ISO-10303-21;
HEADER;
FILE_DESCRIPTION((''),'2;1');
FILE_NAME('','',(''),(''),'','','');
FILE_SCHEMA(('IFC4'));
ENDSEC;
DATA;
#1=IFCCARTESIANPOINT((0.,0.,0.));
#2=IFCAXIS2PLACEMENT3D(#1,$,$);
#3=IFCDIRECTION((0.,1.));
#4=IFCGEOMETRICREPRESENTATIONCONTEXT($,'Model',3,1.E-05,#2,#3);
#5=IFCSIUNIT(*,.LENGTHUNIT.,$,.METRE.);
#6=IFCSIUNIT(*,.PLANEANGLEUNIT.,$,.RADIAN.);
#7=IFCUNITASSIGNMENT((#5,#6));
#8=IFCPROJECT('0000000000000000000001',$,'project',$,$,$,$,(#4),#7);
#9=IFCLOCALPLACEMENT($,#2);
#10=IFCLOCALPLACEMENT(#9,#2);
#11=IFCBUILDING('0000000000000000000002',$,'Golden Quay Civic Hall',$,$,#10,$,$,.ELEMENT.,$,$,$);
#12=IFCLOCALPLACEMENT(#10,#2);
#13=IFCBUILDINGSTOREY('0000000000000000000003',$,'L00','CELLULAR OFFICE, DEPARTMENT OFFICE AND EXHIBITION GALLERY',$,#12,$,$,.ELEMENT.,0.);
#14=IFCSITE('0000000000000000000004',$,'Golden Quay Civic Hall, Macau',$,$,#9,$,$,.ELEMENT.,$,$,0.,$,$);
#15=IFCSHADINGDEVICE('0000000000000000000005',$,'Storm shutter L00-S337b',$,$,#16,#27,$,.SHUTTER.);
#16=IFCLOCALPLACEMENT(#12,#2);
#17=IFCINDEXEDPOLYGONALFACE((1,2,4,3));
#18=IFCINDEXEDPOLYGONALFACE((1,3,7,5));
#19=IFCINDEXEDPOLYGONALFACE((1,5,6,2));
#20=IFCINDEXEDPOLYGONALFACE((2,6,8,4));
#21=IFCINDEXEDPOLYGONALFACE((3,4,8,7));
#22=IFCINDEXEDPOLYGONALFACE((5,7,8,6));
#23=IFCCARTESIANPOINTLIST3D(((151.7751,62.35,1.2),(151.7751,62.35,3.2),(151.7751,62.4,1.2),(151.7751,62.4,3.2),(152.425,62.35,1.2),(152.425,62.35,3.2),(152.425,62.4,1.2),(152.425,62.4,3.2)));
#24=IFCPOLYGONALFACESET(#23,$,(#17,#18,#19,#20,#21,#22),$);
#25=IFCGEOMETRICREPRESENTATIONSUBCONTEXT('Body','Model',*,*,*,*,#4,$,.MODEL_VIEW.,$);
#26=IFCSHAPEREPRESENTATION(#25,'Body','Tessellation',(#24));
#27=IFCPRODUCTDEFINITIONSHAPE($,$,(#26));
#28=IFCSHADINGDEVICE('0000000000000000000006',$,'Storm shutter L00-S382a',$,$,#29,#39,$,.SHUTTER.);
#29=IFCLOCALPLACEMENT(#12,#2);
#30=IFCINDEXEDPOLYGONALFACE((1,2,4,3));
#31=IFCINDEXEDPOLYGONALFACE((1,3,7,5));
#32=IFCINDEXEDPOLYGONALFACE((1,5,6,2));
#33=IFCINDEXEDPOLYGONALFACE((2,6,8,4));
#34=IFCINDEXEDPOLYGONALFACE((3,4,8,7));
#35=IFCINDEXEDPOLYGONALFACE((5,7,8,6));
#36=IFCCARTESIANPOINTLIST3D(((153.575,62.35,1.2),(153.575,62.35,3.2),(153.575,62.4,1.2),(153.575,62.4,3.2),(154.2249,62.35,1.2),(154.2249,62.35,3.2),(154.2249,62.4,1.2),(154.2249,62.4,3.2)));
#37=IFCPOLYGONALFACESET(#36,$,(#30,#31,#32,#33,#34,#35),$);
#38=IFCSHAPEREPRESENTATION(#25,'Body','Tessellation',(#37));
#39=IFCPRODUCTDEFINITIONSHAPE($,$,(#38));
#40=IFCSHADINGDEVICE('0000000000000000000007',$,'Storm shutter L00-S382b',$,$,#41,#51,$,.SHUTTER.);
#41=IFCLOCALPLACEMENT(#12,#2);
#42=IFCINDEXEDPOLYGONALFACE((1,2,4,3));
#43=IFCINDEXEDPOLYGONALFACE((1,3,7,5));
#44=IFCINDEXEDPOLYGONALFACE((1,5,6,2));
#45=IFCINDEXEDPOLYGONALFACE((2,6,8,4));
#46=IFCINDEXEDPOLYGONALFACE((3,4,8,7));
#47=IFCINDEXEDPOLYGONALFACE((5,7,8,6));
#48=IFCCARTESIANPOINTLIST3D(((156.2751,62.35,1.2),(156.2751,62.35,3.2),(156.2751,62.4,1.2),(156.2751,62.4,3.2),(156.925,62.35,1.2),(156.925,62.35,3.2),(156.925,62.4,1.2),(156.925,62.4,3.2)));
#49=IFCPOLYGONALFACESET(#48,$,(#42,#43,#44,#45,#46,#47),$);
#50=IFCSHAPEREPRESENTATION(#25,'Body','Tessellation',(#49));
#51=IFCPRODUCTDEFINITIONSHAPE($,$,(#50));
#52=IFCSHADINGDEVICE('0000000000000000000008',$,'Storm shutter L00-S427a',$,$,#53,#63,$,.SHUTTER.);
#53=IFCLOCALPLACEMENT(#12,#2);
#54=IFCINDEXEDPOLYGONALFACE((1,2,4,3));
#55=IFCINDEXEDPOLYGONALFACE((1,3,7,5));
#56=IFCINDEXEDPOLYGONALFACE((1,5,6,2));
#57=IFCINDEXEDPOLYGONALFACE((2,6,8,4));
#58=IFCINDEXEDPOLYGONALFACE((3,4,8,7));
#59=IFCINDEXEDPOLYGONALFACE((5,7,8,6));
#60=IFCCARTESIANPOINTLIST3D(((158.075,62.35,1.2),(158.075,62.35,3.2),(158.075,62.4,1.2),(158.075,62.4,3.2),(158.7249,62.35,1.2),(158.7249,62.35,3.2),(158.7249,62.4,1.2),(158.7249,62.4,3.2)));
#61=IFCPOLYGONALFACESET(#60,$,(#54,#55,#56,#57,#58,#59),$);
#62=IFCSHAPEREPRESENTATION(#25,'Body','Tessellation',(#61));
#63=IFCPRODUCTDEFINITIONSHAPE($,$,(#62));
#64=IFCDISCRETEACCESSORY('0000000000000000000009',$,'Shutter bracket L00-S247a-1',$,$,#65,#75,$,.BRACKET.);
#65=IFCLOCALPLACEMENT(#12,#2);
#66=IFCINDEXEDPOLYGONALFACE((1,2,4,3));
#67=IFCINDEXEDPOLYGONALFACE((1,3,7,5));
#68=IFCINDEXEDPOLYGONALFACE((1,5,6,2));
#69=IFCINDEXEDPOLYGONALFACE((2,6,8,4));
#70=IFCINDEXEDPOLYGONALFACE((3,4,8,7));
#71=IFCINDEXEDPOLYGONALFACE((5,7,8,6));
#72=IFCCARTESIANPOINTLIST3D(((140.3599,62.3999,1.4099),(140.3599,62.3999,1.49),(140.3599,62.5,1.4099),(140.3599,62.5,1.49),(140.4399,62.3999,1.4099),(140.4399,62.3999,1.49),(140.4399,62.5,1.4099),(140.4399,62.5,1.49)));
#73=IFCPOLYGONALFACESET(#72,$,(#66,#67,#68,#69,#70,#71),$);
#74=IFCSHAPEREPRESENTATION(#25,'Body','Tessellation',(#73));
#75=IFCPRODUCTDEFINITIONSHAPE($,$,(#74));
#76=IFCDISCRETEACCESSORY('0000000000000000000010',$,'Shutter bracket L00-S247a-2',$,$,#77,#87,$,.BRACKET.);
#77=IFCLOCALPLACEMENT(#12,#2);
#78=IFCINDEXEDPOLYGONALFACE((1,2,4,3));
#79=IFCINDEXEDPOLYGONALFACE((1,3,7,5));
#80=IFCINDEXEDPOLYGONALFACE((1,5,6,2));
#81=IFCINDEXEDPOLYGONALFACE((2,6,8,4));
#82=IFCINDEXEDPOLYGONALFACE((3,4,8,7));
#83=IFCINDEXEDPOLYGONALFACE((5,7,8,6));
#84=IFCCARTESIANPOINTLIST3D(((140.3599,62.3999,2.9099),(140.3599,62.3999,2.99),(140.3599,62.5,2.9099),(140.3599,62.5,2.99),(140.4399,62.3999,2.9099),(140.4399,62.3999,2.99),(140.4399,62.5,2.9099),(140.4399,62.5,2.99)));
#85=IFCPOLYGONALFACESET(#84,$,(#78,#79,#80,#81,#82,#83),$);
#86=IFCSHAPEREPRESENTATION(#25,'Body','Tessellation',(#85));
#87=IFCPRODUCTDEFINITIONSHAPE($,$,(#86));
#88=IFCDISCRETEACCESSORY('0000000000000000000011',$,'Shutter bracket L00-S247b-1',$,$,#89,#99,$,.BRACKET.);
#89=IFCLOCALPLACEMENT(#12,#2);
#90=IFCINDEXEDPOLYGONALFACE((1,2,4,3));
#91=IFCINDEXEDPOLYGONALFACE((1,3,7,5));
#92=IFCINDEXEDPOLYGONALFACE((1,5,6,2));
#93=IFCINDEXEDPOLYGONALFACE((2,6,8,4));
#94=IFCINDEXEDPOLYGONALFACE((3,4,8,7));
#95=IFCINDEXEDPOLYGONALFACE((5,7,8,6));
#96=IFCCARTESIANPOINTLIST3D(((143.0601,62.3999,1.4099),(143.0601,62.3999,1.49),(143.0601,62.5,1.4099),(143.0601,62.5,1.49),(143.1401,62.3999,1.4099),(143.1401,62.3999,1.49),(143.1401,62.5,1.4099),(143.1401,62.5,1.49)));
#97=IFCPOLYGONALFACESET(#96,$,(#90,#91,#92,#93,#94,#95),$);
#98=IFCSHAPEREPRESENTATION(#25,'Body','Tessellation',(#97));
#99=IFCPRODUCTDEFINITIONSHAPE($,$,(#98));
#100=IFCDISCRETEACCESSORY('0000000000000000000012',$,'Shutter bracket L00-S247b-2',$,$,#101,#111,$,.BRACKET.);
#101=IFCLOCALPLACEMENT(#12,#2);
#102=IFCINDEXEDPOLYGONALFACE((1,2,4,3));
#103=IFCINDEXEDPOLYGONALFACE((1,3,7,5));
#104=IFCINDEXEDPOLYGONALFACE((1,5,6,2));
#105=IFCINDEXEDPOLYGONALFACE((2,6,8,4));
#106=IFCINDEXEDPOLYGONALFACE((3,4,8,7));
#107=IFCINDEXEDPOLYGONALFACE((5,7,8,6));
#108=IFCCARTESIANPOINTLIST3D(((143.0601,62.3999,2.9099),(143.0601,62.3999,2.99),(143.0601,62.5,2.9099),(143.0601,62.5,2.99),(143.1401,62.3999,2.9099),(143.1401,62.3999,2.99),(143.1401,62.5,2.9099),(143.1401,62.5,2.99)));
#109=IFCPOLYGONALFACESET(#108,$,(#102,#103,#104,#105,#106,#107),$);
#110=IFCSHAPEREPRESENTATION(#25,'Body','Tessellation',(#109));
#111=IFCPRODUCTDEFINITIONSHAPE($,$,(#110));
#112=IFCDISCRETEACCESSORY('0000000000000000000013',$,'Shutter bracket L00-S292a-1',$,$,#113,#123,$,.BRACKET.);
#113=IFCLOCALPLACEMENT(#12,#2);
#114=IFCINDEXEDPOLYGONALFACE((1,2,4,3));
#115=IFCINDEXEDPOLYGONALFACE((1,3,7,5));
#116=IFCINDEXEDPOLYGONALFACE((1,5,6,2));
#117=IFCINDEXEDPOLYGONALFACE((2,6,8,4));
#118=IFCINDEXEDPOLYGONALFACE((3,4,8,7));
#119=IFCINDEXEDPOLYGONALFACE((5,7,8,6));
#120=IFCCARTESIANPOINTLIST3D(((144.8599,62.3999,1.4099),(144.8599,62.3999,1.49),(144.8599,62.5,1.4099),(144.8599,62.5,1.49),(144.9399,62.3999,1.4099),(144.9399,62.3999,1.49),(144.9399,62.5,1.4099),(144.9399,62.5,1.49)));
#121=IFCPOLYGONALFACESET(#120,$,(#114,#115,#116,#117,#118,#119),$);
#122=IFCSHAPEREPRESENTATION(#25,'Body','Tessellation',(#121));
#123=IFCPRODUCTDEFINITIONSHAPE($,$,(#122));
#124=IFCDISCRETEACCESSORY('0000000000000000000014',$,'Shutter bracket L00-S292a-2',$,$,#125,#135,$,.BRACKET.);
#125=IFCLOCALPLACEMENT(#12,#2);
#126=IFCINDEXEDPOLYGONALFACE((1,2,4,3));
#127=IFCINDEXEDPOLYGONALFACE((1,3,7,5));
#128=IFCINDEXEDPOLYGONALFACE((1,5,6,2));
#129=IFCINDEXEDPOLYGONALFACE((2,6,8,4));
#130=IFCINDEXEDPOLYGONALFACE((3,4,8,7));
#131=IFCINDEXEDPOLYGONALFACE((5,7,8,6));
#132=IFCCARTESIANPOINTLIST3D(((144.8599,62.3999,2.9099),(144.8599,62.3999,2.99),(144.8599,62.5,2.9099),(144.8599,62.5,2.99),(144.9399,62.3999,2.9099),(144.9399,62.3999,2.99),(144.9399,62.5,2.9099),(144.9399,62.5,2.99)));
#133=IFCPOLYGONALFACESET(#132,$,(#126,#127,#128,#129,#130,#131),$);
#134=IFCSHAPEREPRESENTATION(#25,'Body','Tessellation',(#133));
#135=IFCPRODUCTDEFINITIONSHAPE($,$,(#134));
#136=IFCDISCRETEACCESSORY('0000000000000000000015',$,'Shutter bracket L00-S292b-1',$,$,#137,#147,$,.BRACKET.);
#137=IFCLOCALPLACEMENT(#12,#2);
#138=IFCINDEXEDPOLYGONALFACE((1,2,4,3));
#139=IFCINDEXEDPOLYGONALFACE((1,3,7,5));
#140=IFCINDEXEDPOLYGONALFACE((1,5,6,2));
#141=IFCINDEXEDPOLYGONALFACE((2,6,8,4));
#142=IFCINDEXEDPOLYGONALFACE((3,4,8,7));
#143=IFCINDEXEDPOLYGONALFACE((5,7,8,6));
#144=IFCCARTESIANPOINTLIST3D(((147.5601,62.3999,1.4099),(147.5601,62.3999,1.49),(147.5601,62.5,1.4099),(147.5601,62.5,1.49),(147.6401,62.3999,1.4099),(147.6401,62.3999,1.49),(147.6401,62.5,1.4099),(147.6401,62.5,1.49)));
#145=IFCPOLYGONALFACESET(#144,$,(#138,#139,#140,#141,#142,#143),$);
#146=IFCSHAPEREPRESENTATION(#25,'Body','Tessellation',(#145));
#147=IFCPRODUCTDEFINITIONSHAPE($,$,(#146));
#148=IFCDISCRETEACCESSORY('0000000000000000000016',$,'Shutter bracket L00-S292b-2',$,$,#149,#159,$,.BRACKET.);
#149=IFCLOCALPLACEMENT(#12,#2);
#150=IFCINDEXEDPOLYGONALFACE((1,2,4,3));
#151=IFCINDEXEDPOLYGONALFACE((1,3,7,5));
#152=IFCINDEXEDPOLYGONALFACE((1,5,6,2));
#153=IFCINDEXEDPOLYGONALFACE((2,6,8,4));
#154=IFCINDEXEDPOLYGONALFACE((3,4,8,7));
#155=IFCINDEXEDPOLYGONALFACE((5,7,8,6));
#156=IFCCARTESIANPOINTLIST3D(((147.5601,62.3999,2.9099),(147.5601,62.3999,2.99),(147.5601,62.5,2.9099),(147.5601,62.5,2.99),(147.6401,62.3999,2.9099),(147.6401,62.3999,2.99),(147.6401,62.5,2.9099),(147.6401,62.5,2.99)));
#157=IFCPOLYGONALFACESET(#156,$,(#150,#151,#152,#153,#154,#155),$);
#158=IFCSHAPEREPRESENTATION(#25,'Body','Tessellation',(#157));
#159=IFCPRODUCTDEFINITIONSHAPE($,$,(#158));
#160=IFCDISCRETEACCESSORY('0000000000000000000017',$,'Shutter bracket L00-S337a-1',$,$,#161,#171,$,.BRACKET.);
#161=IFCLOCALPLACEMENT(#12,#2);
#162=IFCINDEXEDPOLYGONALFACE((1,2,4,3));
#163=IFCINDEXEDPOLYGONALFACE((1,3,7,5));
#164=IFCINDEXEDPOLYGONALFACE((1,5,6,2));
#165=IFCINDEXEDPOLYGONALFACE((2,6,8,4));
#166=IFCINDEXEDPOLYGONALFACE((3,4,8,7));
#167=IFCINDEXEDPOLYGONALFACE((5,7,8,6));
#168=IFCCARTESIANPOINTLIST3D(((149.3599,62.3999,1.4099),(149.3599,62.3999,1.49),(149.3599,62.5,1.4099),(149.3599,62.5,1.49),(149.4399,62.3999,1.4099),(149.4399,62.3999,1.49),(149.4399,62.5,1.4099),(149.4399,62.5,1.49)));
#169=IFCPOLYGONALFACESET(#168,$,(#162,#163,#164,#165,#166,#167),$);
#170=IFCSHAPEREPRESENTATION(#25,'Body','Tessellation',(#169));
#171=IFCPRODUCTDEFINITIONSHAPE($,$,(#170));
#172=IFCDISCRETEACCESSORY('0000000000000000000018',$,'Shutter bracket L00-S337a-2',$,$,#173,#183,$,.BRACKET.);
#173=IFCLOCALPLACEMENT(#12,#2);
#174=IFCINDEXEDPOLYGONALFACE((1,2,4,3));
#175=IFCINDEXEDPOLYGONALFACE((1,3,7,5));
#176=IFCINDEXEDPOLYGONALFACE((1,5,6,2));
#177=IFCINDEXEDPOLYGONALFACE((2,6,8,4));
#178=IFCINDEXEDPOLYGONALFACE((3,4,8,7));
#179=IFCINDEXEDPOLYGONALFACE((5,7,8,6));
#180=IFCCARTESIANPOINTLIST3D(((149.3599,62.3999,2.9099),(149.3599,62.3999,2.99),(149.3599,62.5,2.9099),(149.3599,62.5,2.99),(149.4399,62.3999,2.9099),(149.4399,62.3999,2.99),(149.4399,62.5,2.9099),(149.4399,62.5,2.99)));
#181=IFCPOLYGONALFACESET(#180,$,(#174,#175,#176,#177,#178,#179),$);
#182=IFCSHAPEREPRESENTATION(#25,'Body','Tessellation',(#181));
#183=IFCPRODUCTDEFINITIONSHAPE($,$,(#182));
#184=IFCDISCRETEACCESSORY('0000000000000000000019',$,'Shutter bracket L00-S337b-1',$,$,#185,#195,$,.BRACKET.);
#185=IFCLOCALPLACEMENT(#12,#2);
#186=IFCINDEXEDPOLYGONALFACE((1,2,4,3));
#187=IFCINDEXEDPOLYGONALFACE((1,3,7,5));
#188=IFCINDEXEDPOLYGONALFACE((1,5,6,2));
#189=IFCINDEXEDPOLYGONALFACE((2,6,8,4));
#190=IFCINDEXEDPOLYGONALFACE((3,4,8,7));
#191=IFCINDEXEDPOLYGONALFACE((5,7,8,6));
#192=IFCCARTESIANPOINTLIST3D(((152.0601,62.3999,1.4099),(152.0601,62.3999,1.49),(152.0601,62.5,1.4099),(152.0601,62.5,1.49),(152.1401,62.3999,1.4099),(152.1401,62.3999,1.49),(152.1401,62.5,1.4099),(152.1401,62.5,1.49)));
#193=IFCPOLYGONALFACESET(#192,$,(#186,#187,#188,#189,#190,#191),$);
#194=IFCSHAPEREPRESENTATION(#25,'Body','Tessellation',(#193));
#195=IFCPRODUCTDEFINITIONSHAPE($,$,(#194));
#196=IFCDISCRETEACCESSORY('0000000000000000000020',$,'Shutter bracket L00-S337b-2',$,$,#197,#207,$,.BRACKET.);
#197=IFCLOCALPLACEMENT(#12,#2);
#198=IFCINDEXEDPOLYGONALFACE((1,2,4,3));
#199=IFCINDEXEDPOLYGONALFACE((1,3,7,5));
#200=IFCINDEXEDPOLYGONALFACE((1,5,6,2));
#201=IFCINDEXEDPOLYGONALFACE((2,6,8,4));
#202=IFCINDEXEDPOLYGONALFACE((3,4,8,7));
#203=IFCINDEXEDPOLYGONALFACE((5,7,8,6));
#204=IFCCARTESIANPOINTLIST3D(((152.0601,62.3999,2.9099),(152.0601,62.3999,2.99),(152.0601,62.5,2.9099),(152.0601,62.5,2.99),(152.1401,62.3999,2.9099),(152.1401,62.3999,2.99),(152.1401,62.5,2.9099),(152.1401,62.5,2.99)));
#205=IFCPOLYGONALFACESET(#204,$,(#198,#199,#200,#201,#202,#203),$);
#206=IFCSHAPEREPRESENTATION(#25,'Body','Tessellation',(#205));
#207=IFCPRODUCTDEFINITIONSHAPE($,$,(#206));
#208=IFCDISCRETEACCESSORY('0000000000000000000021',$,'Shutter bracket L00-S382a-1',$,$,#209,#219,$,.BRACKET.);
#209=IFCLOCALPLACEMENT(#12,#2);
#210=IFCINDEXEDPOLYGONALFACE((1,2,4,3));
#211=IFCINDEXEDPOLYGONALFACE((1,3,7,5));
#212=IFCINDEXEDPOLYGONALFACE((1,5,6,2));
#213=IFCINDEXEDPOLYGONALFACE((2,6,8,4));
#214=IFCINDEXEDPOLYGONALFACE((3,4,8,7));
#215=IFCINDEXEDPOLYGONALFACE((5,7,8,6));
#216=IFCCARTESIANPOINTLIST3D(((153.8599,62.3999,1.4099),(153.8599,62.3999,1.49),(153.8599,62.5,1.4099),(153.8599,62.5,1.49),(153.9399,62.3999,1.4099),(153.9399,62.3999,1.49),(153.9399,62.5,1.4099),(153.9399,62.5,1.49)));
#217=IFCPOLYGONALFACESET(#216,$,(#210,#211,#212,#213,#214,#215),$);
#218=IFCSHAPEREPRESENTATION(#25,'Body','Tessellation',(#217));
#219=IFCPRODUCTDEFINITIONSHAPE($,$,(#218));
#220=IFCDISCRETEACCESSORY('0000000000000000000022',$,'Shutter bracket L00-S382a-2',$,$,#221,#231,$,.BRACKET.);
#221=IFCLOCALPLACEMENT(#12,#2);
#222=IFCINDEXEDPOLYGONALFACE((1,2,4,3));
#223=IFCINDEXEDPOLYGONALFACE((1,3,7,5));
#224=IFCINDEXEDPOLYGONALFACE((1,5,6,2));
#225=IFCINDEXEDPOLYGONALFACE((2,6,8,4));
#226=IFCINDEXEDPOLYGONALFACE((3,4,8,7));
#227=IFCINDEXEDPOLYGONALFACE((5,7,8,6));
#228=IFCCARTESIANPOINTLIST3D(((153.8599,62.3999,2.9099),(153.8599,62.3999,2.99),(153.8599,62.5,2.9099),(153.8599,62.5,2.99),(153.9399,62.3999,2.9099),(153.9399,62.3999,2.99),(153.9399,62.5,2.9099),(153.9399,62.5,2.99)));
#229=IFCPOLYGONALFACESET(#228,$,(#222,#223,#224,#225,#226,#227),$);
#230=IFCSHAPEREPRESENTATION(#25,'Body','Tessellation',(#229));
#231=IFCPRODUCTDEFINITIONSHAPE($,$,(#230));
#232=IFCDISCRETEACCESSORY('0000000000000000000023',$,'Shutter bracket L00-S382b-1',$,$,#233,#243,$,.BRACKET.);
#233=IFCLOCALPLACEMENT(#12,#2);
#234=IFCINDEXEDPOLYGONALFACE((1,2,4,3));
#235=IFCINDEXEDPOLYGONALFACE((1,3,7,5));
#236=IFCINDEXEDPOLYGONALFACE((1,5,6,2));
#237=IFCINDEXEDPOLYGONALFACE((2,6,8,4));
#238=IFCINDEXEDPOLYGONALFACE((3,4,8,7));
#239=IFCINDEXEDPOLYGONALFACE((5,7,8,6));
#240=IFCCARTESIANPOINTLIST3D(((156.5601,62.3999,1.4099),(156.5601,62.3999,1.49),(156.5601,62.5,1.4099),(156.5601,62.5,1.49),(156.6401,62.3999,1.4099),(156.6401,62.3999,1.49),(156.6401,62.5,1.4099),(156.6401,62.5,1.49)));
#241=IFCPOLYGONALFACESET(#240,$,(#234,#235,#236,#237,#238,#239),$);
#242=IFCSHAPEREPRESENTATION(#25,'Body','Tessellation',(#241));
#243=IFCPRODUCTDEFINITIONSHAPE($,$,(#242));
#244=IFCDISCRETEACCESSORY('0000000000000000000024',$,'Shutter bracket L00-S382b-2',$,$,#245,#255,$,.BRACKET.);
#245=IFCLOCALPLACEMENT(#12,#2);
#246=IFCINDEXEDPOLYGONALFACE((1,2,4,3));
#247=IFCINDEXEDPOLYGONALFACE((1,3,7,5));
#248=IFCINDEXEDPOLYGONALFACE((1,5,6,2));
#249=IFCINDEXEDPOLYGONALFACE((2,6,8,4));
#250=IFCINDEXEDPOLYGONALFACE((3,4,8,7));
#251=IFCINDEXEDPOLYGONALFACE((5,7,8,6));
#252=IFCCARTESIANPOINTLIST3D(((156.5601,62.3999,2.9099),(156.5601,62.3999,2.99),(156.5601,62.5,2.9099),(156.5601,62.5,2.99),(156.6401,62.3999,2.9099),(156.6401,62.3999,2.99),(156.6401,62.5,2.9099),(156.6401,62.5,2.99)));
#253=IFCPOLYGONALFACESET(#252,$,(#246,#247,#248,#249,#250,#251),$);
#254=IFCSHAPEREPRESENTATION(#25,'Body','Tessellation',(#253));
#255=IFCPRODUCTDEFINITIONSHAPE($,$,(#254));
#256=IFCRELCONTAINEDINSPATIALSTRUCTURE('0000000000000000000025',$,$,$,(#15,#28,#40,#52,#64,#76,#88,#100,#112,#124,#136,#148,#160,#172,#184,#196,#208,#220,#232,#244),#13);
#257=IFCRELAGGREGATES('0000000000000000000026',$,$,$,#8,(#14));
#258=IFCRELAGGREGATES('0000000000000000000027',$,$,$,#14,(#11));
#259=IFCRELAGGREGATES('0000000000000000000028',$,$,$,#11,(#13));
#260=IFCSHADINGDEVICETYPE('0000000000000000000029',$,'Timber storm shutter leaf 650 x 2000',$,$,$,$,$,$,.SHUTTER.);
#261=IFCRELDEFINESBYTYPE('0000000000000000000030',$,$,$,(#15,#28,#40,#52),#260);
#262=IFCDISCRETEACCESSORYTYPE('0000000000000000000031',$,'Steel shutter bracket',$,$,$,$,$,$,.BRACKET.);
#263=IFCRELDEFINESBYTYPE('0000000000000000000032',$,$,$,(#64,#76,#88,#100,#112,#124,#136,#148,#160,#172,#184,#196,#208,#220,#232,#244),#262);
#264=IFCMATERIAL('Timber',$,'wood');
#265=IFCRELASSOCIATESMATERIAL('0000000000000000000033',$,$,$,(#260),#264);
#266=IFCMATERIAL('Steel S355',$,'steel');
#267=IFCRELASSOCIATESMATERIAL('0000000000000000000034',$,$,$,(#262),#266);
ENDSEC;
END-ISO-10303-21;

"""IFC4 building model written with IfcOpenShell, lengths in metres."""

from ifc_helpers import new_model, si_unit, direction, frame, origin, origin_2d, place, context, subcontext, project, spatial, rectangle, extrude, material, type_object, element, save


model = new_model("IFC4")

# Units and contexts
model_context = context("Model", 3, precision=1e-05, world=origin(), true_north=direction((0.0, 1.0)))
body_context = subcontext(model_context, "Body", "Model", "MODEL_VIEW")
ifc_project = project(units=[si_unit("LENGTHUNIT", "METRE"), si_unit("PLANEANGLEUNIT", "RADIAN")], contexts=[model_context])

# Site, building, storey
site_placement = place(None, origin())
site = spatial("IfcSite", under=ifc_project, at=site_placement, Name="Golden Quay Civic Hall, Macau", CompositionType="ELEMENT", RefElevation=0.0)
building_placement = place(site_placement, origin())
building = spatial("IfcBuilding", under=site, at=building_placement, Name="Golden Quay Civic Hall", CompositionType="ELEMENT")
storey_placement = place(building_placement, origin())
storey = spatial("IfcBuildingStorey", under=building, at=storey_placement, Name="L00", Description="CELLULAR OFFICE, DEPARTMENT OFFICE AND EXHIBITION GALLERY", CompositionType="ELEMENT", Elevation=0.0)

# Shading devices
ifc_material_1 = material(Name="Timber", Category="wood")
shading_device_type = type_object("IfcShadingDeviceType", Name="Timber storm shutter leaf 650 x 2000", PredefinedType="SHUTTER", material=ifc_material_1)
for number, where, z_axis, x_axis, name in (
    (1, (152.1001, 62.375, 1.2), (0.0, 0.0, 1.0), (1.0, 0.0, 0.0), "Storm shutter L00-S337b"),
    (2, (153.8999, 62.375, 1.2), (0.0, 0.0, 1.0), (1.0, 0.0, 0.0), "Storm shutter L00-S382a"),
    (3, (156.6001, 62.375, 1.2), (0.0, 0.0, 1.0), (1.0, 0.0, 0.0), "Storm shutter L00-S382b"),
    (4, (158.3999, 62.375, 1.2), (0.0, 0.0, 1.0), (1.0, 0.0, 0.0), "Storm shutter L00-S427a"),
):
    element("IfcShadingDevice", number, at=place(storey_placement, frame(where, z_axis=z_axis, x_axis=x_axis)), inside=storey, type_object=shading_device_type, Name=name, PredefinedType="SHUTTER", context=body_context, shape_type="SweptSolid", body=[
        extrude(rectangle(XDim=0.6499, YDim=0.05, at=origin_2d()), origin(), (0.0, 0.0, 1.0), 2.0),
    ])

# Discrete accessories
ifc_material_2 = material(Name="Steel S355", Category="steel")
discrete_accessory_type = type_object("IfcDiscreteAccessoryType", Name="Steel shutter bracket", PredefinedType="BRACKET", material=ifc_material_2)
for number, where, z_axis, x_axis, name in (
    (5, (140.3999, 62.45, 1.4099), (0.0, 0.0, 1.0), (1.0, 0.0, 0.0), "Shutter bracket L00-S247a-1"),
    (6, (140.3999, 62.45, 2.9099), (0.0, 0.0, 1.0), (1.0, 0.0, 0.0), "Shutter bracket L00-S247a-2"),
    (7, (143.1001, 62.45, 1.4099), (0.0, 0.0, 1.0), (1.0, 0.0, 0.0), "Shutter bracket L00-S247b-1"),
    (8, (143.1001, 62.45, 2.9099), (0.0, 0.0, 1.0), (1.0, 0.0, 0.0), "Shutter bracket L00-S247b-2"),
    (9, (144.8999, 62.45, 1.4099), (0.0, 0.0, 1.0), (1.0, 0.0, 0.0), "Shutter bracket L00-S292a-1"),
    (10, (144.8999, 62.45, 2.9099), (0.0, 0.0, 1.0), (1.0, 0.0, 0.0), "Shutter bracket L00-S292a-2"),
    (11, (147.6001, 62.45, 1.4099), (0.0, 0.0, 1.0), (1.0, 0.0, 0.0), "Shutter bracket L00-S292b-1"),
    (12, (147.6001, 62.45, 2.9099), (0.0, 0.0, 1.0), (1.0, 0.0, 0.0), "Shutter bracket L00-S292b-2"),
    (13, (149.3999, 62.45, 1.4099), (0.0, 0.0, 1.0), (1.0, 0.0, 0.0), "Shutter bracket L00-S337a-1"),
    (14, (149.3999, 62.45, 2.9099), (0.0, 0.0, 1.0), (1.0, 0.0, 0.0), "Shutter bracket L00-S337a-2"),
    (15, (152.1001, 62.45, 1.4099), (0.0, 0.0, 1.0), (1.0, 0.0, 0.0), "Shutter bracket L00-S337b-1"),
    (16, (152.1001, 62.45, 2.9099), (0.0, 0.0, 1.0), (1.0, 0.0, 0.0), "Shutter bracket L00-S337b-2"),
    (17, (153.8999, 62.45, 1.4099), (0.0, 0.0, 1.0), (1.0, 0.0, 0.0), "Shutter bracket L00-S382a-1"),
    (18, (153.8999, 62.45, 2.9099), (0.0, 0.0, 1.0), (1.0, 0.0, 0.0), "Shutter bracket L00-S382a-2"),
    (19, (156.6001, 62.45, 1.4099), (0.0, 0.0, 1.0), (1.0, 0.0, 0.0), "Shutter bracket L00-S382b-1"),
    (20, (156.6001, 62.45, 2.9099), (0.0, 0.0, 1.0), (1.0, 0.0, 0.0), "Shutter bracket L00-S382b-2"),
):
    element("IfcDiscreteAccessory", number, at=place(storey_placement, frame(where, z_axis=z_axis, x_axis=x_axis)), inside=storey, type_object=discrete_accessory_type, Name=name, PredefinedType="BRACKET", context=body_context, shape_type="SweptSolid", body=[
        extrude(rectangle(XDim=0.0801, YDim=0.1001, at=origin_2d()), origin(), (0.0, 0.0, 1.0), 0.0801),
    ])

save(model, "model.ifc")
